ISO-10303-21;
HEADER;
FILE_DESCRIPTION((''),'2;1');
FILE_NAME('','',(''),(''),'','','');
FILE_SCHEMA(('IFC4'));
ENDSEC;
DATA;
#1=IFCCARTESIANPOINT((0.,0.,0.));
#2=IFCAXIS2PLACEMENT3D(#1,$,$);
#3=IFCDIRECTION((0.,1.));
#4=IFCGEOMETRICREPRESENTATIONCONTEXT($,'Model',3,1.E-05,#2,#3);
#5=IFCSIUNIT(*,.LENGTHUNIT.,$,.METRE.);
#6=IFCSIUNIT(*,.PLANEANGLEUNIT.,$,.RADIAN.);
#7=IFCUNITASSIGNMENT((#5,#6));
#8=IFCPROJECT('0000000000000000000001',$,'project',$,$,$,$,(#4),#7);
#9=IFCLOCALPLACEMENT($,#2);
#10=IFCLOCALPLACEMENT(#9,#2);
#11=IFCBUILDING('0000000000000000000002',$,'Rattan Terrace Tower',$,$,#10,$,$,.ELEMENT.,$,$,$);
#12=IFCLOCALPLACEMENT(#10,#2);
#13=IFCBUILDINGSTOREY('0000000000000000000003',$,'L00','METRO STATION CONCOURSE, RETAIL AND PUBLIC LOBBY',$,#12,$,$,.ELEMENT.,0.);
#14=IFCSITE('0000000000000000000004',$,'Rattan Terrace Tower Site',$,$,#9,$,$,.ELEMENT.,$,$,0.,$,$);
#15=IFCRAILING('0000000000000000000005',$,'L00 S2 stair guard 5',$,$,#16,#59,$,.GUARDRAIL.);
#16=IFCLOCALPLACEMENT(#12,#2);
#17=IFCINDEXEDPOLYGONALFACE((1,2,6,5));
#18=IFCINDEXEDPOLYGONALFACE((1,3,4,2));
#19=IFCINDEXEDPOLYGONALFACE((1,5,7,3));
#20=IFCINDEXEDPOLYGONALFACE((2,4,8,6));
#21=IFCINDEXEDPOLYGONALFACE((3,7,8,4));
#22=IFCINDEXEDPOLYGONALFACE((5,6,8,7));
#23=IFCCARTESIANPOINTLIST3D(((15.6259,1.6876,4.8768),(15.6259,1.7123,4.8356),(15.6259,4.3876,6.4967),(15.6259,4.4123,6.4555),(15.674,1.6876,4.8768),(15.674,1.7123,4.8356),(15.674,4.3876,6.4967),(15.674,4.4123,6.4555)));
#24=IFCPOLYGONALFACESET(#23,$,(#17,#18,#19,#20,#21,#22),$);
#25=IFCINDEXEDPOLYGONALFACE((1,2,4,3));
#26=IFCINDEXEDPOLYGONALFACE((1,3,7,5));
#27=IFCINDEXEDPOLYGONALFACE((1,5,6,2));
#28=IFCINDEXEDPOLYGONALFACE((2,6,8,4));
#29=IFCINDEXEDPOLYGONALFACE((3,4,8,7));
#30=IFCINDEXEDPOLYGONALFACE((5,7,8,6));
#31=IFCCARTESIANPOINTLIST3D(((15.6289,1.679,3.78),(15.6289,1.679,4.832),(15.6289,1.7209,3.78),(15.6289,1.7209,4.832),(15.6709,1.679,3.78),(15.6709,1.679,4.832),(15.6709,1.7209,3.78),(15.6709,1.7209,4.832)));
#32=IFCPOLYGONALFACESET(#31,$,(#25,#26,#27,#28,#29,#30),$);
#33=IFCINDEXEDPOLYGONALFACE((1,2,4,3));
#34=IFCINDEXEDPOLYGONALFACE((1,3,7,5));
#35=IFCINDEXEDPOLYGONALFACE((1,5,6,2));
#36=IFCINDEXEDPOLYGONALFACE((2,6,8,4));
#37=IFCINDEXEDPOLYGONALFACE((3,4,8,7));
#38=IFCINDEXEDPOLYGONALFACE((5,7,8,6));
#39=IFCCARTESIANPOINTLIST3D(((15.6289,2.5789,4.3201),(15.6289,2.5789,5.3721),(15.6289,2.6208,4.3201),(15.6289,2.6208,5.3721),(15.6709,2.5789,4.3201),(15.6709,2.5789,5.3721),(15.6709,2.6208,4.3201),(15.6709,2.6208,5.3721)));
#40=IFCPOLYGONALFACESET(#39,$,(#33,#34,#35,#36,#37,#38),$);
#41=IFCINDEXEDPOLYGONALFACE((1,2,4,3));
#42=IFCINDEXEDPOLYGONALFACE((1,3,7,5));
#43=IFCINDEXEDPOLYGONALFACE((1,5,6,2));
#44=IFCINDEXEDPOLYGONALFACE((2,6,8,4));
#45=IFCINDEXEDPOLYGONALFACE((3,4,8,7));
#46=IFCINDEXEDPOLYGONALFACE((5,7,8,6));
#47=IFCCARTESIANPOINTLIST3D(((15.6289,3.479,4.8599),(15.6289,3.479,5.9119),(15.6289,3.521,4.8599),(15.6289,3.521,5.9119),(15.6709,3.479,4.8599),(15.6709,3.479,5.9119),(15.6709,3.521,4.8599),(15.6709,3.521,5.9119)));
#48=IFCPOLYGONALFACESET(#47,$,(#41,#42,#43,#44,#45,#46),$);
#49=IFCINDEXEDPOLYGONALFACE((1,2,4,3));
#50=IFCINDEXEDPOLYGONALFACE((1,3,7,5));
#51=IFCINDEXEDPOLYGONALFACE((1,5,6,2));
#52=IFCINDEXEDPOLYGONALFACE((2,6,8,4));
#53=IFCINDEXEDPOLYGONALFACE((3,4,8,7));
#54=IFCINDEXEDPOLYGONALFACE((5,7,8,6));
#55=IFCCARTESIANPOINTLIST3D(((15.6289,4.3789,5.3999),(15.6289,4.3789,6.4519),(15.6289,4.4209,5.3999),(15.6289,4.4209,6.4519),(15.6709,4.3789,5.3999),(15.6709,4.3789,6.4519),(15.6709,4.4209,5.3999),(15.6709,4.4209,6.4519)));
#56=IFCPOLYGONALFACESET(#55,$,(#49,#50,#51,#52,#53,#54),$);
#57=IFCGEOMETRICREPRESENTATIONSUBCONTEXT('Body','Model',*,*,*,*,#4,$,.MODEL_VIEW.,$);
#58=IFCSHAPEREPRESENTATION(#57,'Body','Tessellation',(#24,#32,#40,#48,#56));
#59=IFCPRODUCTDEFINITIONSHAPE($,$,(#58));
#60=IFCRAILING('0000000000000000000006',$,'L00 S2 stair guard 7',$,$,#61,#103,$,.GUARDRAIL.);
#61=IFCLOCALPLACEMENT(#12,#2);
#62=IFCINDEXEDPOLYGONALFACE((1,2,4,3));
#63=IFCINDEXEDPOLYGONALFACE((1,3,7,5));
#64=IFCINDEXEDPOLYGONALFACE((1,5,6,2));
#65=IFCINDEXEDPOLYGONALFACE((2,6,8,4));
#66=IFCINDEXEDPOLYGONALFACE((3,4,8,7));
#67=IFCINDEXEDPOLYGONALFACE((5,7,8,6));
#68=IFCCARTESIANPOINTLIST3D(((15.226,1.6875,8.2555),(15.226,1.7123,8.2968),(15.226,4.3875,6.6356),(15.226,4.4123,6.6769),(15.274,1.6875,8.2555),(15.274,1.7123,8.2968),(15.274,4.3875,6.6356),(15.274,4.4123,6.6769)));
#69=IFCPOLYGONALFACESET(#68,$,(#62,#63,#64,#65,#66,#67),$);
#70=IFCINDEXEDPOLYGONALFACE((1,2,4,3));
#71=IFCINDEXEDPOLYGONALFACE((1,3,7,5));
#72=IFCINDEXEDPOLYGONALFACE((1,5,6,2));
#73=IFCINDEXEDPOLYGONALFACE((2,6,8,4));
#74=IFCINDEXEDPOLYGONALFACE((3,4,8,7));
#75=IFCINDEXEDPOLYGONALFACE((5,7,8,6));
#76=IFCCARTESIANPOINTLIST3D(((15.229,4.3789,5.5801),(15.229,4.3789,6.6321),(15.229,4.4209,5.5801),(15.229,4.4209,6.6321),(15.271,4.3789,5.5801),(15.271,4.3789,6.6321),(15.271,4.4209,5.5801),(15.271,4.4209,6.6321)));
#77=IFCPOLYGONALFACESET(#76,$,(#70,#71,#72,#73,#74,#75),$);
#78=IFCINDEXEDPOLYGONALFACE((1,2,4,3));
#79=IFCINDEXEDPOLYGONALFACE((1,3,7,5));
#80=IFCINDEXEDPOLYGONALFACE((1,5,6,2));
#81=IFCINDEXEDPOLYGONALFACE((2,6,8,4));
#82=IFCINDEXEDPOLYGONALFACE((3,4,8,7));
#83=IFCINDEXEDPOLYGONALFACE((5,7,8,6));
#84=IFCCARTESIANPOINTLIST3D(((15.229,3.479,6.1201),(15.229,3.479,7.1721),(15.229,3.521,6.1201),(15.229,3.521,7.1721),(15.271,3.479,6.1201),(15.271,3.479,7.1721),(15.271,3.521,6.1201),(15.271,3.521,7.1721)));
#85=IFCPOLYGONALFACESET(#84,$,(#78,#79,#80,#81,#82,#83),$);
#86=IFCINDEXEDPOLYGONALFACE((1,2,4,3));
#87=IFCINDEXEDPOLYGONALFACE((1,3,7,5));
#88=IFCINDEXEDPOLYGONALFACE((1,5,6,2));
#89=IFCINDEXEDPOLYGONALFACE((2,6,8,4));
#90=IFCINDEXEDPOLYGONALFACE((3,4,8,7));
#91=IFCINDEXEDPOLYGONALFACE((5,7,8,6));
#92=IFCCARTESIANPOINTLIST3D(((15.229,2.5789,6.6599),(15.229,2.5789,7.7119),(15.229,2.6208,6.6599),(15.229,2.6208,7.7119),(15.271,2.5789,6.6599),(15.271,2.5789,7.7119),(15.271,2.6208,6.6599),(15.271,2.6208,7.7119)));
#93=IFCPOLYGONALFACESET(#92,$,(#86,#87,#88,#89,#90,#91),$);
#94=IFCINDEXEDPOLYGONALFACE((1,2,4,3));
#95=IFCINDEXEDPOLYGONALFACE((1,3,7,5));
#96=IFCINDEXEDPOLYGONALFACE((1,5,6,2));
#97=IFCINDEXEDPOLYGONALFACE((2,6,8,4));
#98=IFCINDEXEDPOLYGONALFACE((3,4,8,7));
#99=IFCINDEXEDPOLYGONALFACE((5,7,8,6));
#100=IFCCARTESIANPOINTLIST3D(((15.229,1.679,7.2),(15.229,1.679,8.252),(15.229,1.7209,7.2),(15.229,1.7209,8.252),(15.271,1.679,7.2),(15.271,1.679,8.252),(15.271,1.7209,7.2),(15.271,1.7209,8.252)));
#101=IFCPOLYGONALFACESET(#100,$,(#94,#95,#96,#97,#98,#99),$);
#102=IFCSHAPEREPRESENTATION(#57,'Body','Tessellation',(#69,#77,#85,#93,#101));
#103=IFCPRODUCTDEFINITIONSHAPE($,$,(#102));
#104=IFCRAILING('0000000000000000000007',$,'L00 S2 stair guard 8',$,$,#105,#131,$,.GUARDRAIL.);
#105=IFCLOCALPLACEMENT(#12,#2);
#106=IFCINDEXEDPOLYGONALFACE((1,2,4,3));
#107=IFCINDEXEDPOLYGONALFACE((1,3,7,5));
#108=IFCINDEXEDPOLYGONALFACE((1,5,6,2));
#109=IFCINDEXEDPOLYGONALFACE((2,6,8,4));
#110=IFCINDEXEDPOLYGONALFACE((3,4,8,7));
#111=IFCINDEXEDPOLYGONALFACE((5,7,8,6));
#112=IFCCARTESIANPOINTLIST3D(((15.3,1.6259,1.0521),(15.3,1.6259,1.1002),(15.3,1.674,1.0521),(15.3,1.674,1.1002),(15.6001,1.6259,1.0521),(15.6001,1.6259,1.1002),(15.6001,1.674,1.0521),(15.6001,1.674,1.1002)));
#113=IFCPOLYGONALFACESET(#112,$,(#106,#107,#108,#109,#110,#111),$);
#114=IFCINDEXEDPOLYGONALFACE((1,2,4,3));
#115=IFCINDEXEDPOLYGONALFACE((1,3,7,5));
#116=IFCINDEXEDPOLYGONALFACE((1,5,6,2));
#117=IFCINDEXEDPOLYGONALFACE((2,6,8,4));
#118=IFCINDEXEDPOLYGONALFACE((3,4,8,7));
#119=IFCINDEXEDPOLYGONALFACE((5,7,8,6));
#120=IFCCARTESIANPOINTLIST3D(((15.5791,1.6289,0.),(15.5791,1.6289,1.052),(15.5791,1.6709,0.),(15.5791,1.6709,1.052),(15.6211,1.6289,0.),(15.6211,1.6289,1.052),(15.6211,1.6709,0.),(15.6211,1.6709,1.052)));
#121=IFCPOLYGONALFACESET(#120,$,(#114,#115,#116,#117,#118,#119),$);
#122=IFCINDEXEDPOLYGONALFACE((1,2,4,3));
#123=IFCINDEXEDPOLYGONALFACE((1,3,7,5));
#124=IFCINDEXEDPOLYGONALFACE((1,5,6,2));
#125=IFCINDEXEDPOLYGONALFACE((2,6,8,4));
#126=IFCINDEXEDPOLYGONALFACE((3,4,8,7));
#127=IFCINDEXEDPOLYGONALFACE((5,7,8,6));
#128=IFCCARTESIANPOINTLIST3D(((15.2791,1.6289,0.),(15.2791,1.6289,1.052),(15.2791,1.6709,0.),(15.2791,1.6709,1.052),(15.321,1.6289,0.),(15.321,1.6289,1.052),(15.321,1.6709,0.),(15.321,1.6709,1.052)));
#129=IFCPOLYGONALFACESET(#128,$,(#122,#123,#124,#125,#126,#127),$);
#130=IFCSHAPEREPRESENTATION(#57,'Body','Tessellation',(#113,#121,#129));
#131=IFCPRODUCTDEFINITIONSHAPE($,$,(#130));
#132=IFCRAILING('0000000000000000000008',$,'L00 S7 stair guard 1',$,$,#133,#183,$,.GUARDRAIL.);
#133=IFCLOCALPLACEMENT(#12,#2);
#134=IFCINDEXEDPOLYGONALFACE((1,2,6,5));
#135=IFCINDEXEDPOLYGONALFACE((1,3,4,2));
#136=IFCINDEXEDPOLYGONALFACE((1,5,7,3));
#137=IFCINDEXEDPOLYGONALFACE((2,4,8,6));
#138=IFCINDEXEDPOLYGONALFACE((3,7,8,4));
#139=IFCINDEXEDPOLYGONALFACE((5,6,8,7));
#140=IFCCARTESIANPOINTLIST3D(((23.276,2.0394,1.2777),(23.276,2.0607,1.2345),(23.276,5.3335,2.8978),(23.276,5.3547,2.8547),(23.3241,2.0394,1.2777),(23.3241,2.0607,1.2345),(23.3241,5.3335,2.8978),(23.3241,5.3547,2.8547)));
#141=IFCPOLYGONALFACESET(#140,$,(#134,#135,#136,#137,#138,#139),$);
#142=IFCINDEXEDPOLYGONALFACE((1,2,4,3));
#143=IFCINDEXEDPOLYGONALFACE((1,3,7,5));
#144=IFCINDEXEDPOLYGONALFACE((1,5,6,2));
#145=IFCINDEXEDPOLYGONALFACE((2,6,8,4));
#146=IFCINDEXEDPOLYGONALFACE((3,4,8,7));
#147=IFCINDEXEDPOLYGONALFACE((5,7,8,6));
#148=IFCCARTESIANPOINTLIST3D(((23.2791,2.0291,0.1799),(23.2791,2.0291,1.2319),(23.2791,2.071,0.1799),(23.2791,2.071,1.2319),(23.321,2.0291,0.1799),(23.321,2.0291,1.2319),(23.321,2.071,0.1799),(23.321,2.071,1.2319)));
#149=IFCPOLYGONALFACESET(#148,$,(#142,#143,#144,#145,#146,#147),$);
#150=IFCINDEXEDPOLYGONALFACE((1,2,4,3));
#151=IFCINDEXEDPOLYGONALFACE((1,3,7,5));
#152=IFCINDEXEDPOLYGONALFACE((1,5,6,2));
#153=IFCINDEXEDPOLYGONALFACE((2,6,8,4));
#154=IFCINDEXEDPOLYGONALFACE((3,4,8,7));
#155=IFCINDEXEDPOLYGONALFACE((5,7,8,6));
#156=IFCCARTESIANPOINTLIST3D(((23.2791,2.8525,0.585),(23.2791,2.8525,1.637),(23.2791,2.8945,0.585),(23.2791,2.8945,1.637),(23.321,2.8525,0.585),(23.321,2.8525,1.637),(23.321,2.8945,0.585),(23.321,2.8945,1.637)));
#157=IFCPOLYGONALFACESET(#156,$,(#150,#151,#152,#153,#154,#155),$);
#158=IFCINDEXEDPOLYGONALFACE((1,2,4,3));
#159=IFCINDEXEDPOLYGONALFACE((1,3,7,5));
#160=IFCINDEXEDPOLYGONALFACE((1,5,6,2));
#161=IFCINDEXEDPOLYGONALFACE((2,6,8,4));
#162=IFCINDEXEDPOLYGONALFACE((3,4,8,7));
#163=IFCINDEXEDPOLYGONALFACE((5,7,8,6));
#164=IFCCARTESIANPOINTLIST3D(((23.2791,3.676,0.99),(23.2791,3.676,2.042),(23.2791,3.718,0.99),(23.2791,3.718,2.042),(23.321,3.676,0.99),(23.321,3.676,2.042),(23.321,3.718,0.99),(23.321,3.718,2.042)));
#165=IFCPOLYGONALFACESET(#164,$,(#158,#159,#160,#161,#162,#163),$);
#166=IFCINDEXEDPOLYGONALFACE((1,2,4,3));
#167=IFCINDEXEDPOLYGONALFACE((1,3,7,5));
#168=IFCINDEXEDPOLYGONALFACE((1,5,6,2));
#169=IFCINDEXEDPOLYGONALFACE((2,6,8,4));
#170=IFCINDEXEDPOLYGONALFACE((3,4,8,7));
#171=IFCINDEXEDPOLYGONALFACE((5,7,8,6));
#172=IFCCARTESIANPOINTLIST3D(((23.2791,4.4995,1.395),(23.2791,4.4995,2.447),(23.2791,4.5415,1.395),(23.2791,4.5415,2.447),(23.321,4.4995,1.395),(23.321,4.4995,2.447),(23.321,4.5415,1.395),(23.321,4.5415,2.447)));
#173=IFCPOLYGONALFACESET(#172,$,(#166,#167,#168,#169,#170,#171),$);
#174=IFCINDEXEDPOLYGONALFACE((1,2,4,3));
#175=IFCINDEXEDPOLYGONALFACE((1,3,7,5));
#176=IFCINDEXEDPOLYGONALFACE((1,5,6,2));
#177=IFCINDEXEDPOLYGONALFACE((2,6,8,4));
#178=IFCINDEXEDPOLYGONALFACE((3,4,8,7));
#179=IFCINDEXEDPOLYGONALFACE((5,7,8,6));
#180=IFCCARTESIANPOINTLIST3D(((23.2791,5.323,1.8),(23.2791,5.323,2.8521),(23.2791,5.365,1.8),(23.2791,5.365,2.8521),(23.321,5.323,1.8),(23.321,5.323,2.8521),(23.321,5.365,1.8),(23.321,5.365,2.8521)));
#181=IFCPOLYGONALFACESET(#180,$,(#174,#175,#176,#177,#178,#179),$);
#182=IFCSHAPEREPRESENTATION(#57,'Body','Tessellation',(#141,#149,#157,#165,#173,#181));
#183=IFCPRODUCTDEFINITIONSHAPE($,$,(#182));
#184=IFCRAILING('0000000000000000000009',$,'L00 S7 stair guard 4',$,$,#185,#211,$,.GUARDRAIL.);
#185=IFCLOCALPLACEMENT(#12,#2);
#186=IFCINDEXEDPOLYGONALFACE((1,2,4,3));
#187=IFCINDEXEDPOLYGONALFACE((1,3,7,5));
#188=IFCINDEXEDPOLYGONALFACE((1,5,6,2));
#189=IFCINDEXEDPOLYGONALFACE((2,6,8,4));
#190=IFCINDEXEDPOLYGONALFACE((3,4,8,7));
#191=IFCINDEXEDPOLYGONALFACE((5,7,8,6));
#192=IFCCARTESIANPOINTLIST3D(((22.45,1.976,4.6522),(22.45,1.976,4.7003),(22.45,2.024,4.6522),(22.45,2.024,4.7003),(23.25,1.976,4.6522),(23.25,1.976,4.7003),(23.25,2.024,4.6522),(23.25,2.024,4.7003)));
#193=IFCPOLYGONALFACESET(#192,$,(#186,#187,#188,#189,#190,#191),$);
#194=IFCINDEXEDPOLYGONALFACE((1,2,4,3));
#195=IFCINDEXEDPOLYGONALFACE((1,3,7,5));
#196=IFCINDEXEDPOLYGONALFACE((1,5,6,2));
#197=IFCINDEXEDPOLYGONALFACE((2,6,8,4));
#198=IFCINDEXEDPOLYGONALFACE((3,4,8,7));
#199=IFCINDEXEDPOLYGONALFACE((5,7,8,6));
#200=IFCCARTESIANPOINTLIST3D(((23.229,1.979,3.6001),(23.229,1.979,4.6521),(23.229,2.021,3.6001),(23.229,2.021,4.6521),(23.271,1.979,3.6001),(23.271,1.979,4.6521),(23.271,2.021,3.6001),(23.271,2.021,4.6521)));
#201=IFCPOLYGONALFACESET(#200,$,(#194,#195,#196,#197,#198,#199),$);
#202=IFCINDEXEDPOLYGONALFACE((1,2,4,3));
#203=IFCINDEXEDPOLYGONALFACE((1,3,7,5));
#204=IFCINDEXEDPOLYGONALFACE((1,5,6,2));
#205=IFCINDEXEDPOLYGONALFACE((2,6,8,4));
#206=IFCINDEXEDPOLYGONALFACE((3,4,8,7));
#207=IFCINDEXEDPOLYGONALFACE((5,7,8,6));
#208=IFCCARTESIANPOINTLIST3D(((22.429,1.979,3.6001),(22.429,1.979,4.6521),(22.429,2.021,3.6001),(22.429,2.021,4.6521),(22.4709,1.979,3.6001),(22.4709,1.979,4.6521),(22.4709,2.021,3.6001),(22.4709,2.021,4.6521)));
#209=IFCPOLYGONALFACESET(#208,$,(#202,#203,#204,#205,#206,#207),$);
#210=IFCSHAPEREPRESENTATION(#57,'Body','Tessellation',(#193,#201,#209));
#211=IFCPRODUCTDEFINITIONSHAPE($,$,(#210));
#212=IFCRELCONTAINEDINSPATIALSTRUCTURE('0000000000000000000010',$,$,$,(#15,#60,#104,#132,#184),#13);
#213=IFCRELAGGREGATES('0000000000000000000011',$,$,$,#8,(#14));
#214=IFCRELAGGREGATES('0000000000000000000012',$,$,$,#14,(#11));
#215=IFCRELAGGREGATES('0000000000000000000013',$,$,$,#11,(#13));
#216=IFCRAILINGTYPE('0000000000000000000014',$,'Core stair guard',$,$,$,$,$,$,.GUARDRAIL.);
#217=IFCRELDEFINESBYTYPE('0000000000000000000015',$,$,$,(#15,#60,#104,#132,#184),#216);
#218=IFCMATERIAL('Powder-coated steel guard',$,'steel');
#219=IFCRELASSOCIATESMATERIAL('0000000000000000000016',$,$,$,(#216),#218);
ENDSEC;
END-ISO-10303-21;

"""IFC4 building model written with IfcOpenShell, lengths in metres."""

from ifc_helpers import new_model, si_unit, direction, frame, origin, origin_2d, place, context, subcontext, project, spatial, rectangle, extrude, material, type_object, element, save


model = new_model("IFC4")

# Units and contexts
model_context = context("Model", 3, precision=1e-05, world=origin(), true_north=direction((0.0, 1.0)))
body_context = subcontext(model_context, "Body", "Model", "MODEL_VIEW")
ifc_project = project(units=[si_unit("LENGTHUNIT", "METRE"), si_unit("PLANEANGLEUNIT", "RADIAN")], contexts=[model_context])

# Site, building, storey
site_placement = place(None, origin())
site = spatial("IfcSite", under=ifc_project, at=site_placement, Name="Rattan Terrace Tower Site", CompositionType="ELEMENT", RefElevation=0.0)
building_placement = place(site_placement, origin())
building = spatial("IfcBuilding", under=site, at=building_placement, Name="Rattan Terrace Tower", CompositionType="ELEMENT")
storey_placement = place(building_placement, origin())
storey = spatial("IfcBuildingStorey", under=building, at=storey_placement, Name="L00", Description="METRO STATION CONCOURSE, RETAIL AND PUBLIC LOBBY", CompositionType="ELEMENT", Elevation=0.0)

# Railings
ifc_material_1 = material(Name="Powder-coated steel guard", Category="steel")
railing_type_1 = type_object("IfcRailingType", Name="Core stair guard", PredefinedType="GUARDRAIL", material=ifc_material_1)
railing_1_placement = place(storey_placement, frame((15.6499, 1.7, 3.78)))
element("IfcRailing", 1, at=railing_1_placement, inside=storey, type_object=railing_type_1, Name="L00 S2 stair guard 5", PredefinedType="GUARDRAIL", context=body_context, shape_type="SweptSolid", body=[
    extrude(rectangle(XDim=0.0481, YDim=0.0481, at=origin_2d()), frame((0.0, 0.0, 1.0762), z_axis=(0.0, 0.857507, 0.514473), x_axis=(-1.0, 0.0, 0.0)), (0.0, 0.0, 1.0), 3.1487),
    extrude(rectangle(XDim=0.042, YDim=0.042, at=origin_2d()), origin(), (0.0, 0.0, 1.0), 1.052),
    extrude(rectangle(XDim=0.042, YDim=0.042, at=origin_2d()), frame((0.0, 0.8999, 0.54)), (0.0, 0.0, 1.0), 1.052),
    extrude(rectangle(XDim=0.042, YDim=0.042, at=origin_2d()), frame((0.0, 1.8, 1.0798)), (0.0, 0.0, 1.0), 1.052),
    extrude(rectangle(XDim=0.042, YDim=0.042, at=origin_2d()), frame((0.0, 2.7, 1.6199)), (0.0, 0.0, 1.0), 1.052),
])
railing_2_placement = place(storey_placement, frame((15.25, 4.3999, 5.5801)))
element("IfcRailing", 2, at=railing_2_placement, inside=storey, type_object=railing_type_1, Name="L00 S2 stair guard 7", PredefinedType="GUARDRAIL", context=body_context, shape_type="SweptSolid", body=[
    extrude(rectangle(XDim=0.0481, YDim=0.0481, at=origin_2d()), frame((0.0, 0.0, 1.0762), z_axis=(0.0, -0.857507, 0.514473), x_axis=(1.0, 0.0, 0.0)), (0.0, 0.0, 1.0), 3.1487),
    extrude(rectangle(XDim=0.042, YDim=0.042, at=origin_2d()), origin(), (0.0, 0.0, 1.0), 1.052),
    extrude(rectangle(XDim=0.042, YDim=0.042, at=origin_2d()), frame((0.0, -0.8999, 0.54)), (0.0, 0.0, 1.0), 1.052),
    extrude(rectangle(XDim=0.042, YDim=0.042, at=origin_2d()), frame((0.0, -1.8, 1.0798)), (0.0, 0.0, 1.0), 1.052),
    extrude(rectangle(XDim=0.042, YDim=0.042, at=origin_2d()), frame((0.0, -2.7, 1.6199)), (0.0, 0.0, 1.0), 1.052),
])
railing_3_placement = place(storey_placement, frame((15.6001, 1.6499, 0.0)))
element("IfcRailing", 3, at=railing_3_placement, inside=storey, type_object=railing_type_1, Name="L00 S2 stair guard 8", PredefinedType="GUARDRAIL", context=body_context, shape_type="SweptSolid", body=[
    extrude(rectangle(XDim=0.0481, YDim=0.0481, at=origin_2d()), frame((0.0, 0.0, 1.0762), z_axis=(-1.0, 0.0, 0.0), x_axis=(0.0, -1.0, 0.0)), (0.0, 0.0, 1.0), 0.3),
    extrude(rectangle(XDim=0.042, YDim=0.042, at=origin_2d()), origin(), (0.0, 0.0, 1.0), 1.052),
    extrude(rectangle(XDim=0.042, YDim=0.042, at=origin_2d()), frame((-0.3, 0.0, 0.0)), (0.0, 0.0, 1.0), 1.052),
])
railing_4_placement = place(storey_placement, frame((23.3, 2.05, 0.1799)))
element("IfcRailing", 4, at=railing_4_placement, inside=storey, type_object=railing_type_1, Name="L00 S7 stair guard 1", PredefinedType="GUARDRAIL", context=body_context, shape_type="SweptSolid", body=[
    extrude(rectangle(XDim=0.0481, YDim=0.0481, at=origin_2d()), frame((0.0, 0.0, 1.0762), z_axis=(0.0, 0.897334, 0.441351), x_axis=(-1.0, 0.0, 0.0)), (0.0, 0.0, 1.0), 3.6709),
    extrude(rectangle(XDim=0.042, YDim=0.042, at=origin_2d()), origin(), (0.0, 0.0, 1.0), 1.052),
    extrude(rectangle(XDim=0.042, YDim=0.042, at=origin_2d()), frame((0.0, 0.8235, 0.405)), (0.0, 0.0, 1.0), 1.052),
    extrude(rectangle(XDim=0.042, YDim=0.042, at=origin_2d()), frame((0.0, 1.647, 0.8101)), (0.0, 0.0, 1.0), 1.052),
    extrude(rectangle(XDim=0.042, YDim=0.042, at=origin_2d()), frame((0.0, 2.4705, 1.2151)), (0.0, 0.0, 1.0), 1.052),
    extrude(rectangle(XDim=0.042, YDim=0.042, at=origin_2d()), frame((0.0, 3.2939, 1.6201)), (0.0, 0.0, 1.0), 1.052),
])
railing_5_placement = place(storey_placement, frame((23.25, 2.0, 3.6001)))
element("IfcRailing", 5, at=railing_5_placement, inside=storey, type_object=railing_type_1, Name="L00 S7 stair guard 4", PredefinedType="GUARDRAIL", context=body_context, shape_type="SweptSolid", body=[
    extrude(rectangle(XDim=0.0481, YDim=0.0481, at=origin_2d()), frame((0.0, 0.0, 1.0762), z_axis=(-1.0, 0.0, 0.0), x_axis=(0.0, -1.0, 0.0)), (0.0, 0.0, 1.0), 0.8),
    extrude(rectangle(XDim=0.042, YDim=0.042, at=origin_2d()), origin(), (0.0, 0.0, 1.0), 1.052),
    extrude(rectangle(XDim=0.042, YDim=0.042, at=origin_2d()), frame((-0.8, 0.0, 0.0)), (0.0, 0.0, 1.0), 1.052),
])

save(model, "model.ifc")
